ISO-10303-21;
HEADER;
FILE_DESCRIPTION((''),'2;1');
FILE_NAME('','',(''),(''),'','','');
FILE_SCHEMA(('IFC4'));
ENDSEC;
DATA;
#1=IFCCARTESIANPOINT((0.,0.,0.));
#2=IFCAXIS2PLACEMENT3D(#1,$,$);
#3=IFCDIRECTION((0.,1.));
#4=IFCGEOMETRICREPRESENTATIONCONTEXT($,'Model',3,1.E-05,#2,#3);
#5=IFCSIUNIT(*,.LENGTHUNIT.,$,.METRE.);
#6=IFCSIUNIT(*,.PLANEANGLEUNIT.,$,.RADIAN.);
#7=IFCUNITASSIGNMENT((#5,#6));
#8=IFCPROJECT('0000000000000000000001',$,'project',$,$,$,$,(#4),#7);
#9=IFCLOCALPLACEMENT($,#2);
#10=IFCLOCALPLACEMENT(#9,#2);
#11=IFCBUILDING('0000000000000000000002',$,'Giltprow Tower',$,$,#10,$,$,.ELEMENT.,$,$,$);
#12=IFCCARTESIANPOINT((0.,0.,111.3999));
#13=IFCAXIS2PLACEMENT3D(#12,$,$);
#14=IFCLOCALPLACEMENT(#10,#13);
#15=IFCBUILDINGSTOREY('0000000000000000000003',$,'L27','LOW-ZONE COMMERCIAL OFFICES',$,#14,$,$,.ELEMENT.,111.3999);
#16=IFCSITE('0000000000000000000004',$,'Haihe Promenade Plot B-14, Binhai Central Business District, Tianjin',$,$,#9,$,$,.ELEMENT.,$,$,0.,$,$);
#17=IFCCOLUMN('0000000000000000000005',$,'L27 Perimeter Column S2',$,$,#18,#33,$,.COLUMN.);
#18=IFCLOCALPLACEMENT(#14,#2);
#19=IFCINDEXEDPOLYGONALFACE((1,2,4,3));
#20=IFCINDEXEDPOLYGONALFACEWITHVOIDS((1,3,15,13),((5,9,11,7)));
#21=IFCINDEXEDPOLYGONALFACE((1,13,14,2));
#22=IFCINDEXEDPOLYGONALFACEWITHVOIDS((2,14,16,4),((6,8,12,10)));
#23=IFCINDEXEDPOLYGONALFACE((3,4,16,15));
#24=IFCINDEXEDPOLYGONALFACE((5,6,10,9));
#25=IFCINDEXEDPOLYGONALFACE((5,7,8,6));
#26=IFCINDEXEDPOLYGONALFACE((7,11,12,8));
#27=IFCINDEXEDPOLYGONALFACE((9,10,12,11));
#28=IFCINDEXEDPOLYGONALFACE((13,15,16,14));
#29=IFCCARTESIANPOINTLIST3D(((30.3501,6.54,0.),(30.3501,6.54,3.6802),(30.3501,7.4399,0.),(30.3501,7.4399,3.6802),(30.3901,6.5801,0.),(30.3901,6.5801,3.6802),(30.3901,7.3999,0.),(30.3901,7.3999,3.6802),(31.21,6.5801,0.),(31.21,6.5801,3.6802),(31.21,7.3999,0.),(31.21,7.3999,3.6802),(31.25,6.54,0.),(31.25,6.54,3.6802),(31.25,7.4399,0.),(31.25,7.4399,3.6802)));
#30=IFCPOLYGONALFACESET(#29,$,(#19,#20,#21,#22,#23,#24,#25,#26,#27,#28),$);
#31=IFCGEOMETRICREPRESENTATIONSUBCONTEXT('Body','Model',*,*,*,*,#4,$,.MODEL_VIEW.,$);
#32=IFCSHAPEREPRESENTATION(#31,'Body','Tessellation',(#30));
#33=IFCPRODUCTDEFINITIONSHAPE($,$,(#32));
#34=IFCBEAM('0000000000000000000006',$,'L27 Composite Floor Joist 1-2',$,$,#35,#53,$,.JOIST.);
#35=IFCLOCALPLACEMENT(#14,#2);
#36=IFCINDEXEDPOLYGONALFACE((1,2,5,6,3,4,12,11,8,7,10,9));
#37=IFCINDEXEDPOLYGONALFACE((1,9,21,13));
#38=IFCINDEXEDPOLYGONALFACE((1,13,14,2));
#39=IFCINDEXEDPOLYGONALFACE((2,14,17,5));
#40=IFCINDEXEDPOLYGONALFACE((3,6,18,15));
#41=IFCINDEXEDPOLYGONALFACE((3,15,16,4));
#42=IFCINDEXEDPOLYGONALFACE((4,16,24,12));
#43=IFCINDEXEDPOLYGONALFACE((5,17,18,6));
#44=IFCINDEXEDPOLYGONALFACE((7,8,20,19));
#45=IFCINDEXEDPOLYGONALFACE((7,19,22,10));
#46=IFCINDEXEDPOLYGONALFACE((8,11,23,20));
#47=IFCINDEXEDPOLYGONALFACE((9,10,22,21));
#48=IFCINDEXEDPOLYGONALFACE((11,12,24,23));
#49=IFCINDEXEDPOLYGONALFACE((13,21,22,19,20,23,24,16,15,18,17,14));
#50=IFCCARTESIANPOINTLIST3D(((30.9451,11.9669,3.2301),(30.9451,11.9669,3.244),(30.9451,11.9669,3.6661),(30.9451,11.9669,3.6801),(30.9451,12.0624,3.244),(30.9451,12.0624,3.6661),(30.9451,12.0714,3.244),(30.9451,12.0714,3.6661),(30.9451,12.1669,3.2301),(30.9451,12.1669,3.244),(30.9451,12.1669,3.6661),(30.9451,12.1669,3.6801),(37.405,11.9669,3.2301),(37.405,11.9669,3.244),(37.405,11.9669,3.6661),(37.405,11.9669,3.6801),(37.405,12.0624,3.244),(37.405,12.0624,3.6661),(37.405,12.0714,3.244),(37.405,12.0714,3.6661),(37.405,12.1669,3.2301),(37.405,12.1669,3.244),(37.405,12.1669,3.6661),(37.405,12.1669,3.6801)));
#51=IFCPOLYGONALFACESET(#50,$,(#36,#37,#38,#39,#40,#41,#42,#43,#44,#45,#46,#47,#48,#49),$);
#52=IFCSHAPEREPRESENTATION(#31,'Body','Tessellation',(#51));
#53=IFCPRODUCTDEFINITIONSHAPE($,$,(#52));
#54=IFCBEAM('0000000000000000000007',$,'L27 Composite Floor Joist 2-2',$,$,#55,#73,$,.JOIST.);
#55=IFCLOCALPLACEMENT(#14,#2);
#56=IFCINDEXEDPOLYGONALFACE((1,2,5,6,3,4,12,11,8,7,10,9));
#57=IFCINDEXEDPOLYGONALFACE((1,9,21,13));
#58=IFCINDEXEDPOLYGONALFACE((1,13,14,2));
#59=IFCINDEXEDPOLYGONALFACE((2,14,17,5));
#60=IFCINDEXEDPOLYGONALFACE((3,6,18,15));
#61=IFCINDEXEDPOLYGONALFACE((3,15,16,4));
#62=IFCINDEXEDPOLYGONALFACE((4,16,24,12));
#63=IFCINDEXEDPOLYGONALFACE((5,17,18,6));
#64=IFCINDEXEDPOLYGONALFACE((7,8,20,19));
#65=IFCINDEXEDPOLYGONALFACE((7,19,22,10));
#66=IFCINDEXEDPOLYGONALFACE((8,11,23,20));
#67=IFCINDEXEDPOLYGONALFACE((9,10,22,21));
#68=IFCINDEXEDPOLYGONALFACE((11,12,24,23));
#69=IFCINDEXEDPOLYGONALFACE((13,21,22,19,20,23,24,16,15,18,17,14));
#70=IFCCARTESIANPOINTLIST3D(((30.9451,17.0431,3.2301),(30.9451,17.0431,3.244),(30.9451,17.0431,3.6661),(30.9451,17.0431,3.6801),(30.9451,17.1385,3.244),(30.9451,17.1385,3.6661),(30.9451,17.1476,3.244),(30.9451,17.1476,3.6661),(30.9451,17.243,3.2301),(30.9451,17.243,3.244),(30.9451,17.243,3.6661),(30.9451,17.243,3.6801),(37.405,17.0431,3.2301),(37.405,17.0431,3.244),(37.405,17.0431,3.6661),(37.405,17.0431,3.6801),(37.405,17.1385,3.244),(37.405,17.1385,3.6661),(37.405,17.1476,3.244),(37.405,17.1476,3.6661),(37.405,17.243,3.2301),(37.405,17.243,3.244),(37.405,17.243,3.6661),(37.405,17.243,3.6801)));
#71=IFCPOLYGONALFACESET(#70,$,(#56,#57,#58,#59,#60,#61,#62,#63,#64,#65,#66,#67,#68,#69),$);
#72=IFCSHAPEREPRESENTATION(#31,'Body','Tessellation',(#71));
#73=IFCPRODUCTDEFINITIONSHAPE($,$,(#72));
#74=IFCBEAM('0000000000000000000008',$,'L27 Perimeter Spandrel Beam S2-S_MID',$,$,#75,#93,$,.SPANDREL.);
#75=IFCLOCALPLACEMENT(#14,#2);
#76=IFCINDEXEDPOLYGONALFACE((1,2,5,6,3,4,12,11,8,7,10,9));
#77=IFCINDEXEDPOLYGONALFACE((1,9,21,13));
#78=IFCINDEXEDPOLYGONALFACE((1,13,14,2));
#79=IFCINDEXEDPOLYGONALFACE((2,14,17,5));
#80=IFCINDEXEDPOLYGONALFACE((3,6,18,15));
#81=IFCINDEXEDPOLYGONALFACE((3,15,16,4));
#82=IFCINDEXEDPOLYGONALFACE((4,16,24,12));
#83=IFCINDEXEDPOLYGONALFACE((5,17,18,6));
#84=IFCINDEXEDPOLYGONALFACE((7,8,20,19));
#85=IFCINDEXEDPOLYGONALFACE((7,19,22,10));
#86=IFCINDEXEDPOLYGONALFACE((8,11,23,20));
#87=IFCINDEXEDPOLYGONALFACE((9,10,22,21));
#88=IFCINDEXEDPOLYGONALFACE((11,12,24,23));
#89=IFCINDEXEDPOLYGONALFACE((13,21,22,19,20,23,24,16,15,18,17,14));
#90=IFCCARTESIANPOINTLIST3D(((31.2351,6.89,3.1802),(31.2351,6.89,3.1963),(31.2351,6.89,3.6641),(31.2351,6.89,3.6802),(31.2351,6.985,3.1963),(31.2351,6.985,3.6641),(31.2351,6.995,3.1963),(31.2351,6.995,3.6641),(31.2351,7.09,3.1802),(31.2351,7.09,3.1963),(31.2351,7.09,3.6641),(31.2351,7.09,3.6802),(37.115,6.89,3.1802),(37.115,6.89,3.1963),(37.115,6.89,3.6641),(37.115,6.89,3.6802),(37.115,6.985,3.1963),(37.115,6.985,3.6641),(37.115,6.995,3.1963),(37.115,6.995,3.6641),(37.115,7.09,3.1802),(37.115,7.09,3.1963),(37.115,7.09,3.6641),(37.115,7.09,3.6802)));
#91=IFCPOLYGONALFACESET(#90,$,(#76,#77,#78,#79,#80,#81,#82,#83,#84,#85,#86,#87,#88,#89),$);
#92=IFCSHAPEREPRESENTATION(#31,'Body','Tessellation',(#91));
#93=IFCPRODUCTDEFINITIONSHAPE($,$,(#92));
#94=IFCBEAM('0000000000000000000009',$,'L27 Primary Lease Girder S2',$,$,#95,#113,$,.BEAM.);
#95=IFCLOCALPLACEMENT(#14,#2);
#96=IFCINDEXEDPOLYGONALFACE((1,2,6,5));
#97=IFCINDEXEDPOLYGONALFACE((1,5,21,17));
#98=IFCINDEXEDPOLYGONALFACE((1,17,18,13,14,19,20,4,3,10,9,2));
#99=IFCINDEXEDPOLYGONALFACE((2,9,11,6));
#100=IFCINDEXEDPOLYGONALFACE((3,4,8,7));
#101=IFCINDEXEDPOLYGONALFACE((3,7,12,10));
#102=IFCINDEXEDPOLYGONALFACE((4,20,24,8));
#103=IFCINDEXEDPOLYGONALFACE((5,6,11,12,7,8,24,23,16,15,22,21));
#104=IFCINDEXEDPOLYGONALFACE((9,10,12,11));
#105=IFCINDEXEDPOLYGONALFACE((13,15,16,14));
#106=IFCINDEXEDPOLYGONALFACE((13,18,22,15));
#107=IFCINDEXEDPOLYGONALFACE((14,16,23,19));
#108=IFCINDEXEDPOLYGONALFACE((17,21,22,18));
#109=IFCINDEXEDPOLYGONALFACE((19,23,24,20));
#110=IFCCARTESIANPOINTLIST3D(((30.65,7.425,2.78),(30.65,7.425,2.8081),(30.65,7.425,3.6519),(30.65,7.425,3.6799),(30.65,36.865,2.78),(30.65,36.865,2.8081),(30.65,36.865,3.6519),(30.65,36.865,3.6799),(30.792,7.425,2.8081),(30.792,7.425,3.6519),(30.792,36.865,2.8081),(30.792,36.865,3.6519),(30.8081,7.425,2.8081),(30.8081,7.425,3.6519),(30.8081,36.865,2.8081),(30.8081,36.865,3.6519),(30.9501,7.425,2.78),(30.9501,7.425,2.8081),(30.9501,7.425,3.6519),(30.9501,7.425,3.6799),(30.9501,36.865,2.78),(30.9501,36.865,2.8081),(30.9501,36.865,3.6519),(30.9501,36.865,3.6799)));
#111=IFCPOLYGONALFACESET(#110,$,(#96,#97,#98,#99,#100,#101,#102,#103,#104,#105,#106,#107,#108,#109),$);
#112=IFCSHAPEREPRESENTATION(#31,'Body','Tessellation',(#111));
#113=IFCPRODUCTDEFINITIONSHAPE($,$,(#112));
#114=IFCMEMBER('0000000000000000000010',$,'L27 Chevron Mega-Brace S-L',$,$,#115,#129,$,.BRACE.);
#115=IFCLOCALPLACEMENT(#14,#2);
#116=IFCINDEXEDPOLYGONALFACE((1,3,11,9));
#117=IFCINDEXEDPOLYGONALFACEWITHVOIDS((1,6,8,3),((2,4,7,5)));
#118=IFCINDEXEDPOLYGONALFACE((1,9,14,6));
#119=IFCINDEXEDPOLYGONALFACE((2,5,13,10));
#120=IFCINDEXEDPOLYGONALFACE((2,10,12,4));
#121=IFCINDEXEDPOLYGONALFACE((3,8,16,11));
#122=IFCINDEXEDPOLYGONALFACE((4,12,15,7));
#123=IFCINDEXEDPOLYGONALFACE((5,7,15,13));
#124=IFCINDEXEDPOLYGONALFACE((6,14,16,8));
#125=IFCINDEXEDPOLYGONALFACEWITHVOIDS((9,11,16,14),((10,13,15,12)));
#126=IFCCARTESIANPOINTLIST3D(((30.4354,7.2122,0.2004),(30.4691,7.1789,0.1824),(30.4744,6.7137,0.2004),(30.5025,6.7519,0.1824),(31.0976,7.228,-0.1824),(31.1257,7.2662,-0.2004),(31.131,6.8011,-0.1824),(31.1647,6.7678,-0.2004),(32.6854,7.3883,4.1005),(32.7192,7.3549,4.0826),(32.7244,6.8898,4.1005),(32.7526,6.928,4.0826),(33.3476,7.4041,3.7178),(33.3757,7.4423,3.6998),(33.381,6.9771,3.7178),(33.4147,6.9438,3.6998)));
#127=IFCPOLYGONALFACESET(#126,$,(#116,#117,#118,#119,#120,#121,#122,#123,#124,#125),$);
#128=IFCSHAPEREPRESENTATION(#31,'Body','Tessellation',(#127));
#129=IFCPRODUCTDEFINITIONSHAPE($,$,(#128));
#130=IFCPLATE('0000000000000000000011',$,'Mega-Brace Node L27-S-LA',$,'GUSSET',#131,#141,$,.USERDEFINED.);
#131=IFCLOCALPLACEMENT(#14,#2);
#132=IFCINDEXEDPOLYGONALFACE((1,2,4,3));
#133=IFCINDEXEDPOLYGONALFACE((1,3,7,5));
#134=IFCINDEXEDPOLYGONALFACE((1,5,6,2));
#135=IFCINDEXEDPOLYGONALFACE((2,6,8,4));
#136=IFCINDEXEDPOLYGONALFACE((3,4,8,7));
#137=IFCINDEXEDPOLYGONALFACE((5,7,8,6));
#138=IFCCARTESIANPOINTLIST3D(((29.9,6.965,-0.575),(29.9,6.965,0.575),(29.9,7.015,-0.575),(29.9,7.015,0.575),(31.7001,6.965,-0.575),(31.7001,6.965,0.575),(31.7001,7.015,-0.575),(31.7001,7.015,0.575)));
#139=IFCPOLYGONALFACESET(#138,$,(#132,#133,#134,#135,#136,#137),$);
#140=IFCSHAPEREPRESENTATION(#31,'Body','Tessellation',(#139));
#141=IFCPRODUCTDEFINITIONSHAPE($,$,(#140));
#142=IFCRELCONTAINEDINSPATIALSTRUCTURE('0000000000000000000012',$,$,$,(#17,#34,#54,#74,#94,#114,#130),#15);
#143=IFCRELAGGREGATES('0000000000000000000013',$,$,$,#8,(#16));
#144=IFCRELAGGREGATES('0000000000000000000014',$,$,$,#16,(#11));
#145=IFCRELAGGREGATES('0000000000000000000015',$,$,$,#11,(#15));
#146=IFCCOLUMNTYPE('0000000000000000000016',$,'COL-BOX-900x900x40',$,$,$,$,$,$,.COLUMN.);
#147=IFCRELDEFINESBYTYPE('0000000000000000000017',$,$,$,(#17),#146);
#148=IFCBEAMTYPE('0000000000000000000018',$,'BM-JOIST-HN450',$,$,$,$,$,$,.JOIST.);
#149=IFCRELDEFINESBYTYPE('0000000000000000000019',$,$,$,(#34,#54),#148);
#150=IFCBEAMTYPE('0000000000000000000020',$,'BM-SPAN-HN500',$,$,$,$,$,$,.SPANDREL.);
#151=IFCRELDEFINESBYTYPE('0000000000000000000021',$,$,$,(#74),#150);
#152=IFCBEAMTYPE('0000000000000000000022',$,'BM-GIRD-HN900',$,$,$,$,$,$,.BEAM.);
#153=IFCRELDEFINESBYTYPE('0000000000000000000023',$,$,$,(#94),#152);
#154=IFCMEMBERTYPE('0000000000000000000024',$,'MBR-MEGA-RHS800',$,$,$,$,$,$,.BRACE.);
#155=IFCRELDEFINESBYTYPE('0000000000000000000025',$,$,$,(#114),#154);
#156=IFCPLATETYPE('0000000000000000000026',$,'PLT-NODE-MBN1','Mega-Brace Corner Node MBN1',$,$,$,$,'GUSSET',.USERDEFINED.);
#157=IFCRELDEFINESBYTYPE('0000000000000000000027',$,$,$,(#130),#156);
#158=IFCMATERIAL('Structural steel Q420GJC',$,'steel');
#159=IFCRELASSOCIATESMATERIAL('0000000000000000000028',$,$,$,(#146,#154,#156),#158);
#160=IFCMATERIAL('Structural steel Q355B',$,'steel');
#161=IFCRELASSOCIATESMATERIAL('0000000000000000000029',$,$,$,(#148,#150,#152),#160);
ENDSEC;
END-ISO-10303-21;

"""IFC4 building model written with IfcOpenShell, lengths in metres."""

from ifc_helpers import new_model, si_unit, direction, frame, origin, origin_2d, place, context, subcontext, project, spatial, rectangle, hollow_rectangle, i_section, extrude, source, transform, mapped, material, material_profile, profile_set, type_object, element, save


model = new_model("IFC4")

# Units and contexts
model_context = context("Model", 3, precision=1e-05, world=origin(), true_north=direction((0.0, 1.0)))
body_context = subcontext(model_context, "Body", "Model", "MODEL_VIEW")
ifc_project = project(units=[si_unit("LENGTHUNIT", "METRE"), si_unit("PLANEANGLEUNIT", "RADIAN")], contexts=[model_context])

# Site, building, storey
site_placement = place(None, origin())
site = spatial("IfcSite", under=ifc_project, at=site_placement, Name="Haihe Promenade Plot B-14, Binhai Central Business District, Tianjin", CompositionType="ELEMENT", RefElevation=0.0)
building_placement = place(site_placement, origin())
building = spatial("IfcBuilding", under=site, at=building_placement, Name="Giltprow Tower", CompositionType="ELEMENT")
storey_placement = place(building_placement, frame((0.0, 0.0, 111.3999)))
storey = spatial("IfcBuildingStorey", under=building, at=storey_placement, Name="L27", Description="LOW-ZONE COMMERCIAL OFFICES", CompositionType="ELEMENT", Elevation=111.3999)

# Column
ifc_material_1 = material(Name="Structural steel Q420GJC", Category="steel")
ifc_material_profile_1 = material_profile(ifc_material_1, hollow_rectangle(XDim=0.8999, YDim=0.8999, WallThickness=0.04, at=origin_2d()), Name="BOX 900x900x40")
ifc_profile_set_1 = profile_set([ifc_material_profile_1], Name="Structural steel Q420GJC")
column_type = type_object("IfcColumnType", Name="COL-BOX-900x900x40", PredefinedType="COLUMN", material=ifc_profile_set_1)
shared_shape_1 = source(origin(), body_context, "Body", "SweptSolid", [
    extrude(hollow_rectangle(XDim=0.8999, YDim=0.8999, WallThickness=0.04, at=origin_2d()), origin(), (0.0, 0.0, 1.0), 3.6802),
])
column_placement = place(storey_placement, frame((30.8, 6.99, 0.0), z_axis=(0.0, 0.0, 1.0), x_axis=(1.0, 0.0, 0.0)))
element("IfcColumn", 1, at=column_placement, inside=storey, type_object=column_type, Name="L27 Perimeter Column S2", PredefinedType="COLUMN", context=body_context, shape_type="MappedRepresentation", body=[
    mapped(shared_shape_1, transform((0.0, 0.0, 0.0), x_axis=(1.0, 0.0, 0.0), y_axis=(0.0, 1.0, 0.0), z_axis=(0.0, 0.0, 1.0), scale=1.0)),
])

# Beams
ifc_material_2 = material(Name="Structural steel Q355B", Category="steel")
ifc_material_profile_2 = material_profile(ifc_material_2, i_section(OverallWidth=0.2, OverallDepth=0.45, WebThickness=0.009, FlangeThickness=0.0139, at=origin_2d()), Name="HN 450x200x9x14")
ifc_profile_set_2 = profile_set([ifc_material_profile_2], Name="Structural steel Q355B")
beam_type_1 = type_object("IfcBeamType", Name="BM-JOIST-HN450", PredefinedType="JOIST", material=ifc_profile_set_2)
shared_shape_2 = source(origin(), body_context, "Body", "SweptSolid", [
    extrude(i_section(OverallWidth=0.2, OverallDepth=0.45, WebThickness=0.009, FlangeThickness=0.0139, at=origin_2d()), origin(), (0.0, 0.0, 1.0), 6.46),
])
for number, where, z_axis, x_axis, name in (
    (2, (30.9451, 12.0669, 3.4551), (1.0, 0.0, 0.0), (0.0, 1.0, 0.0), "L27 Composite Floor Joist 1-2"),
    (3, (30.9451, 17.1431, 3.4551), (1.0, 0.0, 0.0), (0.0, 1.0, 0.0), "L27 Composite Floor Joist 2-2"),
):
    element("IfcBeam", number, at=place(storey_placement, frame(where, z_axis=z_axis, x_axis=x_axis)), inside=storey, type_object=beam_type_1, Name=name, PredefinedType="JOIST", context=body_context, shape_type="MappedRepresentation", body=[
        mapped(shared_shape_2, transform((0.0, 0.0, 0.0), x_axis=(1.0, 0.0, 0.0), y_axis=(0.0, 1.0, 0.0), z_axis=(0.0, 0.0, 1.0), scale=1.0)),
    ])
ifc_material_profile_3 = material_profile(ifc_material_2, i_section(OverallWidth=0.2, OverallDepth=0.5, WebThickness=0.01, FlangeThickness=0.0161, at=origin_2d()), Name="HN 500x200x10x16")
ifc_profile_set_3 = profile_set([ifc_material_profile_3], Name="Structural steel Q355B")
beam_type_2 = type_object("IfcBeamType", Name="BM-SPAN-HN500", PredefinedType="SPANDREL", material=ifc_profile_set_3)
shared_shape_3 = source(origin(), body_context, "Body", "SweptSolid", [
    extrude(i_section(OverallWidth=0.2, OverallDepth=0.5, WebThickness=0.01, FlangeThickness=0.0161, at=origin_2d()), origin(), (0.0, 0.0, 1.0), 5.8799),
])
beam_1_placement = place(storey_placement, frame((31.2351, 6.99, 3.4302), z_axis=(1.0, 0.0, 0.0), x_axis=(0.0, 1.0, 0.0)))
element("IfcBeam", 4, at=beam_1_placement, inside=storey, type_object=beam_type_2, Name="L27 Perimeter Spandrel Beam S2-S_MID", PredefinedType="SPANDREL", context=body_context, shape_type="MappedRepresentation", body=[
    mapped(shared_shape_3, transform((0.0, 0.0, 0.0), x_axis=(1.0, 0.0, 0.0), y_axis=(0.0, 1.0, 0.0), z_axis=(0.0, 0.0, 1.0), scale=1.0)),
])
ifc_material_profile_4 = material_profile(ifc_material_2, i_section(OverallWidth=0.3, OverallDepth=0.8999, WebThickness=0.0161, FlangeThickness=0.0281, at=origin_2d()), Name="HN 900x300x16x28")
ifc_profile_set_4 = profile_set([ifc_material_profile_4], Name="Structural steel Q355B")
beam_type_3 = type_object("IfcBeamType", Name="BM-GIRD-HN900", PredefinedType="BEAM", material=ifc_profile_set_4)
shared_shape_4 = source(origin(), body_context, "Body", "SweptSolid", [
    extrude(i_section(OverallWidth=0.3, OverallDepth=0.8999, WebThickness=0.0161, FlangeThickness=0.0281, at=origin_2d()), origin(), (0.0, 0.0, 1.0), 29.4399),
])
beam_2_placement = place(storey_placement, frame((30.8, 7.425, 3.23), z_axis=(0.0, 1.0, 0.0), x_axis=(-1.0, 0.0, 0.0)))
element("IfcBeam", 5, at=beam_2_placement, inside=storey, type_object=beam_type_3, Name="L27 Primary Lease Girder S2", PredefinedType="BEAM", context=body_context, shape_type="MappedRepresentation", body=[
    mapped(shared_shape_4, transform((0.0, 0.0, 0.0), x_axis=(1.0, 0.0, 0.0), y_axis=(0.0, 1.0, 0.0), z_axis=(0.0, 0.0, 1.0), scale=1.0)),
])

# Member
ifc_material_profile_5 = material_profile(ifc_material_1, hollow_rectangle(XDim=0.5, YDim=0.8, WallThickness=0.0359, at=origin_2d()), Name="RHS 800x500x36")
ifc_profile_set_5 = profile_set([ifc_material_profile_5], Name="Structural steel Q420GJC")
member_type = type_object("IfcMemberType", Name="MBR-MEGA-RHS800", PredefinedType="BRACE", material=ifc_profile_set_5)
shared_shape_5 = source(origin(), body_context, "Body", "SweptSolid", [
    extrude(hollow_rectangle(XDim=0.5, YDim=0.8, WallThickness=0.0359, at=origin_2d()), origin(), (0.0, 0.0, 1.0), 4.5061),
])
member_placement = place(storey_placement, frame((30.8, 6.99, 0.0), z_axis=(0.499327, 0.039064, 0.865533), x_axis=(-0.077995, 0.996954, 0.0)))
element("IfcMember", 6, at=member_placement, inside=storey, type_object=member_type, Name="L27 Chevron Mega-Brace S-L", PredefinedType="BRACE", context=body_context, shape_type="MappedRepresentation", body=[
    mapped(shared_shape_5, transform((0.0, 0.0, 0.0), x_axis=(1.0, 0.0, 0.0), y_axis=(0.0, 1.0, 0.0), z_axis=(0.0, 0.0, 1.0), scale=1.0)),
])

# Plate
plate_type = type_object("IfcPlateType", Name="PLT-NODE-MBN1", Description="Mega-Brace Corner Node MBN1", ElementType="GUSSET", PredefinedType="USERDEFINED", material=ifc_material_1)
shared_shape_6 = source(origin(), body_context, "Body", "SweptSolid", [
    extrude(rectangle(XDim=1.8, YDim=0.05, at=origin_2d()), origin(), (0.0, 0.0, 1.0), 1.1499),
])
plate_placement = place(storey_placement, frame((30.8, 6.99, -0.575), z_axis=(0.0, 0.0, 1.0), x_axis=(1.0, 0.0, 0.0)))
element("IfcPlate", 7, at=plate_placement, inside=storey, type_object=plate_type, Name="Mega-Brace Node L27-S-LA", ObjectType="GUSSET", PredefinedType="USERDEFINED", context=body_context, shape_type="MappedRepresentation", body=[
    mapped(shared_shape_6, transform((0.0, 0.0, 0.0), x_axis=(1.0, 0.0, 0.0), y_axis=(0.0, 1.0, 0.0), z_axis=(0.0, 0.0, 1.0), scale=1.0)),
])

save(model, "model.ifc")
